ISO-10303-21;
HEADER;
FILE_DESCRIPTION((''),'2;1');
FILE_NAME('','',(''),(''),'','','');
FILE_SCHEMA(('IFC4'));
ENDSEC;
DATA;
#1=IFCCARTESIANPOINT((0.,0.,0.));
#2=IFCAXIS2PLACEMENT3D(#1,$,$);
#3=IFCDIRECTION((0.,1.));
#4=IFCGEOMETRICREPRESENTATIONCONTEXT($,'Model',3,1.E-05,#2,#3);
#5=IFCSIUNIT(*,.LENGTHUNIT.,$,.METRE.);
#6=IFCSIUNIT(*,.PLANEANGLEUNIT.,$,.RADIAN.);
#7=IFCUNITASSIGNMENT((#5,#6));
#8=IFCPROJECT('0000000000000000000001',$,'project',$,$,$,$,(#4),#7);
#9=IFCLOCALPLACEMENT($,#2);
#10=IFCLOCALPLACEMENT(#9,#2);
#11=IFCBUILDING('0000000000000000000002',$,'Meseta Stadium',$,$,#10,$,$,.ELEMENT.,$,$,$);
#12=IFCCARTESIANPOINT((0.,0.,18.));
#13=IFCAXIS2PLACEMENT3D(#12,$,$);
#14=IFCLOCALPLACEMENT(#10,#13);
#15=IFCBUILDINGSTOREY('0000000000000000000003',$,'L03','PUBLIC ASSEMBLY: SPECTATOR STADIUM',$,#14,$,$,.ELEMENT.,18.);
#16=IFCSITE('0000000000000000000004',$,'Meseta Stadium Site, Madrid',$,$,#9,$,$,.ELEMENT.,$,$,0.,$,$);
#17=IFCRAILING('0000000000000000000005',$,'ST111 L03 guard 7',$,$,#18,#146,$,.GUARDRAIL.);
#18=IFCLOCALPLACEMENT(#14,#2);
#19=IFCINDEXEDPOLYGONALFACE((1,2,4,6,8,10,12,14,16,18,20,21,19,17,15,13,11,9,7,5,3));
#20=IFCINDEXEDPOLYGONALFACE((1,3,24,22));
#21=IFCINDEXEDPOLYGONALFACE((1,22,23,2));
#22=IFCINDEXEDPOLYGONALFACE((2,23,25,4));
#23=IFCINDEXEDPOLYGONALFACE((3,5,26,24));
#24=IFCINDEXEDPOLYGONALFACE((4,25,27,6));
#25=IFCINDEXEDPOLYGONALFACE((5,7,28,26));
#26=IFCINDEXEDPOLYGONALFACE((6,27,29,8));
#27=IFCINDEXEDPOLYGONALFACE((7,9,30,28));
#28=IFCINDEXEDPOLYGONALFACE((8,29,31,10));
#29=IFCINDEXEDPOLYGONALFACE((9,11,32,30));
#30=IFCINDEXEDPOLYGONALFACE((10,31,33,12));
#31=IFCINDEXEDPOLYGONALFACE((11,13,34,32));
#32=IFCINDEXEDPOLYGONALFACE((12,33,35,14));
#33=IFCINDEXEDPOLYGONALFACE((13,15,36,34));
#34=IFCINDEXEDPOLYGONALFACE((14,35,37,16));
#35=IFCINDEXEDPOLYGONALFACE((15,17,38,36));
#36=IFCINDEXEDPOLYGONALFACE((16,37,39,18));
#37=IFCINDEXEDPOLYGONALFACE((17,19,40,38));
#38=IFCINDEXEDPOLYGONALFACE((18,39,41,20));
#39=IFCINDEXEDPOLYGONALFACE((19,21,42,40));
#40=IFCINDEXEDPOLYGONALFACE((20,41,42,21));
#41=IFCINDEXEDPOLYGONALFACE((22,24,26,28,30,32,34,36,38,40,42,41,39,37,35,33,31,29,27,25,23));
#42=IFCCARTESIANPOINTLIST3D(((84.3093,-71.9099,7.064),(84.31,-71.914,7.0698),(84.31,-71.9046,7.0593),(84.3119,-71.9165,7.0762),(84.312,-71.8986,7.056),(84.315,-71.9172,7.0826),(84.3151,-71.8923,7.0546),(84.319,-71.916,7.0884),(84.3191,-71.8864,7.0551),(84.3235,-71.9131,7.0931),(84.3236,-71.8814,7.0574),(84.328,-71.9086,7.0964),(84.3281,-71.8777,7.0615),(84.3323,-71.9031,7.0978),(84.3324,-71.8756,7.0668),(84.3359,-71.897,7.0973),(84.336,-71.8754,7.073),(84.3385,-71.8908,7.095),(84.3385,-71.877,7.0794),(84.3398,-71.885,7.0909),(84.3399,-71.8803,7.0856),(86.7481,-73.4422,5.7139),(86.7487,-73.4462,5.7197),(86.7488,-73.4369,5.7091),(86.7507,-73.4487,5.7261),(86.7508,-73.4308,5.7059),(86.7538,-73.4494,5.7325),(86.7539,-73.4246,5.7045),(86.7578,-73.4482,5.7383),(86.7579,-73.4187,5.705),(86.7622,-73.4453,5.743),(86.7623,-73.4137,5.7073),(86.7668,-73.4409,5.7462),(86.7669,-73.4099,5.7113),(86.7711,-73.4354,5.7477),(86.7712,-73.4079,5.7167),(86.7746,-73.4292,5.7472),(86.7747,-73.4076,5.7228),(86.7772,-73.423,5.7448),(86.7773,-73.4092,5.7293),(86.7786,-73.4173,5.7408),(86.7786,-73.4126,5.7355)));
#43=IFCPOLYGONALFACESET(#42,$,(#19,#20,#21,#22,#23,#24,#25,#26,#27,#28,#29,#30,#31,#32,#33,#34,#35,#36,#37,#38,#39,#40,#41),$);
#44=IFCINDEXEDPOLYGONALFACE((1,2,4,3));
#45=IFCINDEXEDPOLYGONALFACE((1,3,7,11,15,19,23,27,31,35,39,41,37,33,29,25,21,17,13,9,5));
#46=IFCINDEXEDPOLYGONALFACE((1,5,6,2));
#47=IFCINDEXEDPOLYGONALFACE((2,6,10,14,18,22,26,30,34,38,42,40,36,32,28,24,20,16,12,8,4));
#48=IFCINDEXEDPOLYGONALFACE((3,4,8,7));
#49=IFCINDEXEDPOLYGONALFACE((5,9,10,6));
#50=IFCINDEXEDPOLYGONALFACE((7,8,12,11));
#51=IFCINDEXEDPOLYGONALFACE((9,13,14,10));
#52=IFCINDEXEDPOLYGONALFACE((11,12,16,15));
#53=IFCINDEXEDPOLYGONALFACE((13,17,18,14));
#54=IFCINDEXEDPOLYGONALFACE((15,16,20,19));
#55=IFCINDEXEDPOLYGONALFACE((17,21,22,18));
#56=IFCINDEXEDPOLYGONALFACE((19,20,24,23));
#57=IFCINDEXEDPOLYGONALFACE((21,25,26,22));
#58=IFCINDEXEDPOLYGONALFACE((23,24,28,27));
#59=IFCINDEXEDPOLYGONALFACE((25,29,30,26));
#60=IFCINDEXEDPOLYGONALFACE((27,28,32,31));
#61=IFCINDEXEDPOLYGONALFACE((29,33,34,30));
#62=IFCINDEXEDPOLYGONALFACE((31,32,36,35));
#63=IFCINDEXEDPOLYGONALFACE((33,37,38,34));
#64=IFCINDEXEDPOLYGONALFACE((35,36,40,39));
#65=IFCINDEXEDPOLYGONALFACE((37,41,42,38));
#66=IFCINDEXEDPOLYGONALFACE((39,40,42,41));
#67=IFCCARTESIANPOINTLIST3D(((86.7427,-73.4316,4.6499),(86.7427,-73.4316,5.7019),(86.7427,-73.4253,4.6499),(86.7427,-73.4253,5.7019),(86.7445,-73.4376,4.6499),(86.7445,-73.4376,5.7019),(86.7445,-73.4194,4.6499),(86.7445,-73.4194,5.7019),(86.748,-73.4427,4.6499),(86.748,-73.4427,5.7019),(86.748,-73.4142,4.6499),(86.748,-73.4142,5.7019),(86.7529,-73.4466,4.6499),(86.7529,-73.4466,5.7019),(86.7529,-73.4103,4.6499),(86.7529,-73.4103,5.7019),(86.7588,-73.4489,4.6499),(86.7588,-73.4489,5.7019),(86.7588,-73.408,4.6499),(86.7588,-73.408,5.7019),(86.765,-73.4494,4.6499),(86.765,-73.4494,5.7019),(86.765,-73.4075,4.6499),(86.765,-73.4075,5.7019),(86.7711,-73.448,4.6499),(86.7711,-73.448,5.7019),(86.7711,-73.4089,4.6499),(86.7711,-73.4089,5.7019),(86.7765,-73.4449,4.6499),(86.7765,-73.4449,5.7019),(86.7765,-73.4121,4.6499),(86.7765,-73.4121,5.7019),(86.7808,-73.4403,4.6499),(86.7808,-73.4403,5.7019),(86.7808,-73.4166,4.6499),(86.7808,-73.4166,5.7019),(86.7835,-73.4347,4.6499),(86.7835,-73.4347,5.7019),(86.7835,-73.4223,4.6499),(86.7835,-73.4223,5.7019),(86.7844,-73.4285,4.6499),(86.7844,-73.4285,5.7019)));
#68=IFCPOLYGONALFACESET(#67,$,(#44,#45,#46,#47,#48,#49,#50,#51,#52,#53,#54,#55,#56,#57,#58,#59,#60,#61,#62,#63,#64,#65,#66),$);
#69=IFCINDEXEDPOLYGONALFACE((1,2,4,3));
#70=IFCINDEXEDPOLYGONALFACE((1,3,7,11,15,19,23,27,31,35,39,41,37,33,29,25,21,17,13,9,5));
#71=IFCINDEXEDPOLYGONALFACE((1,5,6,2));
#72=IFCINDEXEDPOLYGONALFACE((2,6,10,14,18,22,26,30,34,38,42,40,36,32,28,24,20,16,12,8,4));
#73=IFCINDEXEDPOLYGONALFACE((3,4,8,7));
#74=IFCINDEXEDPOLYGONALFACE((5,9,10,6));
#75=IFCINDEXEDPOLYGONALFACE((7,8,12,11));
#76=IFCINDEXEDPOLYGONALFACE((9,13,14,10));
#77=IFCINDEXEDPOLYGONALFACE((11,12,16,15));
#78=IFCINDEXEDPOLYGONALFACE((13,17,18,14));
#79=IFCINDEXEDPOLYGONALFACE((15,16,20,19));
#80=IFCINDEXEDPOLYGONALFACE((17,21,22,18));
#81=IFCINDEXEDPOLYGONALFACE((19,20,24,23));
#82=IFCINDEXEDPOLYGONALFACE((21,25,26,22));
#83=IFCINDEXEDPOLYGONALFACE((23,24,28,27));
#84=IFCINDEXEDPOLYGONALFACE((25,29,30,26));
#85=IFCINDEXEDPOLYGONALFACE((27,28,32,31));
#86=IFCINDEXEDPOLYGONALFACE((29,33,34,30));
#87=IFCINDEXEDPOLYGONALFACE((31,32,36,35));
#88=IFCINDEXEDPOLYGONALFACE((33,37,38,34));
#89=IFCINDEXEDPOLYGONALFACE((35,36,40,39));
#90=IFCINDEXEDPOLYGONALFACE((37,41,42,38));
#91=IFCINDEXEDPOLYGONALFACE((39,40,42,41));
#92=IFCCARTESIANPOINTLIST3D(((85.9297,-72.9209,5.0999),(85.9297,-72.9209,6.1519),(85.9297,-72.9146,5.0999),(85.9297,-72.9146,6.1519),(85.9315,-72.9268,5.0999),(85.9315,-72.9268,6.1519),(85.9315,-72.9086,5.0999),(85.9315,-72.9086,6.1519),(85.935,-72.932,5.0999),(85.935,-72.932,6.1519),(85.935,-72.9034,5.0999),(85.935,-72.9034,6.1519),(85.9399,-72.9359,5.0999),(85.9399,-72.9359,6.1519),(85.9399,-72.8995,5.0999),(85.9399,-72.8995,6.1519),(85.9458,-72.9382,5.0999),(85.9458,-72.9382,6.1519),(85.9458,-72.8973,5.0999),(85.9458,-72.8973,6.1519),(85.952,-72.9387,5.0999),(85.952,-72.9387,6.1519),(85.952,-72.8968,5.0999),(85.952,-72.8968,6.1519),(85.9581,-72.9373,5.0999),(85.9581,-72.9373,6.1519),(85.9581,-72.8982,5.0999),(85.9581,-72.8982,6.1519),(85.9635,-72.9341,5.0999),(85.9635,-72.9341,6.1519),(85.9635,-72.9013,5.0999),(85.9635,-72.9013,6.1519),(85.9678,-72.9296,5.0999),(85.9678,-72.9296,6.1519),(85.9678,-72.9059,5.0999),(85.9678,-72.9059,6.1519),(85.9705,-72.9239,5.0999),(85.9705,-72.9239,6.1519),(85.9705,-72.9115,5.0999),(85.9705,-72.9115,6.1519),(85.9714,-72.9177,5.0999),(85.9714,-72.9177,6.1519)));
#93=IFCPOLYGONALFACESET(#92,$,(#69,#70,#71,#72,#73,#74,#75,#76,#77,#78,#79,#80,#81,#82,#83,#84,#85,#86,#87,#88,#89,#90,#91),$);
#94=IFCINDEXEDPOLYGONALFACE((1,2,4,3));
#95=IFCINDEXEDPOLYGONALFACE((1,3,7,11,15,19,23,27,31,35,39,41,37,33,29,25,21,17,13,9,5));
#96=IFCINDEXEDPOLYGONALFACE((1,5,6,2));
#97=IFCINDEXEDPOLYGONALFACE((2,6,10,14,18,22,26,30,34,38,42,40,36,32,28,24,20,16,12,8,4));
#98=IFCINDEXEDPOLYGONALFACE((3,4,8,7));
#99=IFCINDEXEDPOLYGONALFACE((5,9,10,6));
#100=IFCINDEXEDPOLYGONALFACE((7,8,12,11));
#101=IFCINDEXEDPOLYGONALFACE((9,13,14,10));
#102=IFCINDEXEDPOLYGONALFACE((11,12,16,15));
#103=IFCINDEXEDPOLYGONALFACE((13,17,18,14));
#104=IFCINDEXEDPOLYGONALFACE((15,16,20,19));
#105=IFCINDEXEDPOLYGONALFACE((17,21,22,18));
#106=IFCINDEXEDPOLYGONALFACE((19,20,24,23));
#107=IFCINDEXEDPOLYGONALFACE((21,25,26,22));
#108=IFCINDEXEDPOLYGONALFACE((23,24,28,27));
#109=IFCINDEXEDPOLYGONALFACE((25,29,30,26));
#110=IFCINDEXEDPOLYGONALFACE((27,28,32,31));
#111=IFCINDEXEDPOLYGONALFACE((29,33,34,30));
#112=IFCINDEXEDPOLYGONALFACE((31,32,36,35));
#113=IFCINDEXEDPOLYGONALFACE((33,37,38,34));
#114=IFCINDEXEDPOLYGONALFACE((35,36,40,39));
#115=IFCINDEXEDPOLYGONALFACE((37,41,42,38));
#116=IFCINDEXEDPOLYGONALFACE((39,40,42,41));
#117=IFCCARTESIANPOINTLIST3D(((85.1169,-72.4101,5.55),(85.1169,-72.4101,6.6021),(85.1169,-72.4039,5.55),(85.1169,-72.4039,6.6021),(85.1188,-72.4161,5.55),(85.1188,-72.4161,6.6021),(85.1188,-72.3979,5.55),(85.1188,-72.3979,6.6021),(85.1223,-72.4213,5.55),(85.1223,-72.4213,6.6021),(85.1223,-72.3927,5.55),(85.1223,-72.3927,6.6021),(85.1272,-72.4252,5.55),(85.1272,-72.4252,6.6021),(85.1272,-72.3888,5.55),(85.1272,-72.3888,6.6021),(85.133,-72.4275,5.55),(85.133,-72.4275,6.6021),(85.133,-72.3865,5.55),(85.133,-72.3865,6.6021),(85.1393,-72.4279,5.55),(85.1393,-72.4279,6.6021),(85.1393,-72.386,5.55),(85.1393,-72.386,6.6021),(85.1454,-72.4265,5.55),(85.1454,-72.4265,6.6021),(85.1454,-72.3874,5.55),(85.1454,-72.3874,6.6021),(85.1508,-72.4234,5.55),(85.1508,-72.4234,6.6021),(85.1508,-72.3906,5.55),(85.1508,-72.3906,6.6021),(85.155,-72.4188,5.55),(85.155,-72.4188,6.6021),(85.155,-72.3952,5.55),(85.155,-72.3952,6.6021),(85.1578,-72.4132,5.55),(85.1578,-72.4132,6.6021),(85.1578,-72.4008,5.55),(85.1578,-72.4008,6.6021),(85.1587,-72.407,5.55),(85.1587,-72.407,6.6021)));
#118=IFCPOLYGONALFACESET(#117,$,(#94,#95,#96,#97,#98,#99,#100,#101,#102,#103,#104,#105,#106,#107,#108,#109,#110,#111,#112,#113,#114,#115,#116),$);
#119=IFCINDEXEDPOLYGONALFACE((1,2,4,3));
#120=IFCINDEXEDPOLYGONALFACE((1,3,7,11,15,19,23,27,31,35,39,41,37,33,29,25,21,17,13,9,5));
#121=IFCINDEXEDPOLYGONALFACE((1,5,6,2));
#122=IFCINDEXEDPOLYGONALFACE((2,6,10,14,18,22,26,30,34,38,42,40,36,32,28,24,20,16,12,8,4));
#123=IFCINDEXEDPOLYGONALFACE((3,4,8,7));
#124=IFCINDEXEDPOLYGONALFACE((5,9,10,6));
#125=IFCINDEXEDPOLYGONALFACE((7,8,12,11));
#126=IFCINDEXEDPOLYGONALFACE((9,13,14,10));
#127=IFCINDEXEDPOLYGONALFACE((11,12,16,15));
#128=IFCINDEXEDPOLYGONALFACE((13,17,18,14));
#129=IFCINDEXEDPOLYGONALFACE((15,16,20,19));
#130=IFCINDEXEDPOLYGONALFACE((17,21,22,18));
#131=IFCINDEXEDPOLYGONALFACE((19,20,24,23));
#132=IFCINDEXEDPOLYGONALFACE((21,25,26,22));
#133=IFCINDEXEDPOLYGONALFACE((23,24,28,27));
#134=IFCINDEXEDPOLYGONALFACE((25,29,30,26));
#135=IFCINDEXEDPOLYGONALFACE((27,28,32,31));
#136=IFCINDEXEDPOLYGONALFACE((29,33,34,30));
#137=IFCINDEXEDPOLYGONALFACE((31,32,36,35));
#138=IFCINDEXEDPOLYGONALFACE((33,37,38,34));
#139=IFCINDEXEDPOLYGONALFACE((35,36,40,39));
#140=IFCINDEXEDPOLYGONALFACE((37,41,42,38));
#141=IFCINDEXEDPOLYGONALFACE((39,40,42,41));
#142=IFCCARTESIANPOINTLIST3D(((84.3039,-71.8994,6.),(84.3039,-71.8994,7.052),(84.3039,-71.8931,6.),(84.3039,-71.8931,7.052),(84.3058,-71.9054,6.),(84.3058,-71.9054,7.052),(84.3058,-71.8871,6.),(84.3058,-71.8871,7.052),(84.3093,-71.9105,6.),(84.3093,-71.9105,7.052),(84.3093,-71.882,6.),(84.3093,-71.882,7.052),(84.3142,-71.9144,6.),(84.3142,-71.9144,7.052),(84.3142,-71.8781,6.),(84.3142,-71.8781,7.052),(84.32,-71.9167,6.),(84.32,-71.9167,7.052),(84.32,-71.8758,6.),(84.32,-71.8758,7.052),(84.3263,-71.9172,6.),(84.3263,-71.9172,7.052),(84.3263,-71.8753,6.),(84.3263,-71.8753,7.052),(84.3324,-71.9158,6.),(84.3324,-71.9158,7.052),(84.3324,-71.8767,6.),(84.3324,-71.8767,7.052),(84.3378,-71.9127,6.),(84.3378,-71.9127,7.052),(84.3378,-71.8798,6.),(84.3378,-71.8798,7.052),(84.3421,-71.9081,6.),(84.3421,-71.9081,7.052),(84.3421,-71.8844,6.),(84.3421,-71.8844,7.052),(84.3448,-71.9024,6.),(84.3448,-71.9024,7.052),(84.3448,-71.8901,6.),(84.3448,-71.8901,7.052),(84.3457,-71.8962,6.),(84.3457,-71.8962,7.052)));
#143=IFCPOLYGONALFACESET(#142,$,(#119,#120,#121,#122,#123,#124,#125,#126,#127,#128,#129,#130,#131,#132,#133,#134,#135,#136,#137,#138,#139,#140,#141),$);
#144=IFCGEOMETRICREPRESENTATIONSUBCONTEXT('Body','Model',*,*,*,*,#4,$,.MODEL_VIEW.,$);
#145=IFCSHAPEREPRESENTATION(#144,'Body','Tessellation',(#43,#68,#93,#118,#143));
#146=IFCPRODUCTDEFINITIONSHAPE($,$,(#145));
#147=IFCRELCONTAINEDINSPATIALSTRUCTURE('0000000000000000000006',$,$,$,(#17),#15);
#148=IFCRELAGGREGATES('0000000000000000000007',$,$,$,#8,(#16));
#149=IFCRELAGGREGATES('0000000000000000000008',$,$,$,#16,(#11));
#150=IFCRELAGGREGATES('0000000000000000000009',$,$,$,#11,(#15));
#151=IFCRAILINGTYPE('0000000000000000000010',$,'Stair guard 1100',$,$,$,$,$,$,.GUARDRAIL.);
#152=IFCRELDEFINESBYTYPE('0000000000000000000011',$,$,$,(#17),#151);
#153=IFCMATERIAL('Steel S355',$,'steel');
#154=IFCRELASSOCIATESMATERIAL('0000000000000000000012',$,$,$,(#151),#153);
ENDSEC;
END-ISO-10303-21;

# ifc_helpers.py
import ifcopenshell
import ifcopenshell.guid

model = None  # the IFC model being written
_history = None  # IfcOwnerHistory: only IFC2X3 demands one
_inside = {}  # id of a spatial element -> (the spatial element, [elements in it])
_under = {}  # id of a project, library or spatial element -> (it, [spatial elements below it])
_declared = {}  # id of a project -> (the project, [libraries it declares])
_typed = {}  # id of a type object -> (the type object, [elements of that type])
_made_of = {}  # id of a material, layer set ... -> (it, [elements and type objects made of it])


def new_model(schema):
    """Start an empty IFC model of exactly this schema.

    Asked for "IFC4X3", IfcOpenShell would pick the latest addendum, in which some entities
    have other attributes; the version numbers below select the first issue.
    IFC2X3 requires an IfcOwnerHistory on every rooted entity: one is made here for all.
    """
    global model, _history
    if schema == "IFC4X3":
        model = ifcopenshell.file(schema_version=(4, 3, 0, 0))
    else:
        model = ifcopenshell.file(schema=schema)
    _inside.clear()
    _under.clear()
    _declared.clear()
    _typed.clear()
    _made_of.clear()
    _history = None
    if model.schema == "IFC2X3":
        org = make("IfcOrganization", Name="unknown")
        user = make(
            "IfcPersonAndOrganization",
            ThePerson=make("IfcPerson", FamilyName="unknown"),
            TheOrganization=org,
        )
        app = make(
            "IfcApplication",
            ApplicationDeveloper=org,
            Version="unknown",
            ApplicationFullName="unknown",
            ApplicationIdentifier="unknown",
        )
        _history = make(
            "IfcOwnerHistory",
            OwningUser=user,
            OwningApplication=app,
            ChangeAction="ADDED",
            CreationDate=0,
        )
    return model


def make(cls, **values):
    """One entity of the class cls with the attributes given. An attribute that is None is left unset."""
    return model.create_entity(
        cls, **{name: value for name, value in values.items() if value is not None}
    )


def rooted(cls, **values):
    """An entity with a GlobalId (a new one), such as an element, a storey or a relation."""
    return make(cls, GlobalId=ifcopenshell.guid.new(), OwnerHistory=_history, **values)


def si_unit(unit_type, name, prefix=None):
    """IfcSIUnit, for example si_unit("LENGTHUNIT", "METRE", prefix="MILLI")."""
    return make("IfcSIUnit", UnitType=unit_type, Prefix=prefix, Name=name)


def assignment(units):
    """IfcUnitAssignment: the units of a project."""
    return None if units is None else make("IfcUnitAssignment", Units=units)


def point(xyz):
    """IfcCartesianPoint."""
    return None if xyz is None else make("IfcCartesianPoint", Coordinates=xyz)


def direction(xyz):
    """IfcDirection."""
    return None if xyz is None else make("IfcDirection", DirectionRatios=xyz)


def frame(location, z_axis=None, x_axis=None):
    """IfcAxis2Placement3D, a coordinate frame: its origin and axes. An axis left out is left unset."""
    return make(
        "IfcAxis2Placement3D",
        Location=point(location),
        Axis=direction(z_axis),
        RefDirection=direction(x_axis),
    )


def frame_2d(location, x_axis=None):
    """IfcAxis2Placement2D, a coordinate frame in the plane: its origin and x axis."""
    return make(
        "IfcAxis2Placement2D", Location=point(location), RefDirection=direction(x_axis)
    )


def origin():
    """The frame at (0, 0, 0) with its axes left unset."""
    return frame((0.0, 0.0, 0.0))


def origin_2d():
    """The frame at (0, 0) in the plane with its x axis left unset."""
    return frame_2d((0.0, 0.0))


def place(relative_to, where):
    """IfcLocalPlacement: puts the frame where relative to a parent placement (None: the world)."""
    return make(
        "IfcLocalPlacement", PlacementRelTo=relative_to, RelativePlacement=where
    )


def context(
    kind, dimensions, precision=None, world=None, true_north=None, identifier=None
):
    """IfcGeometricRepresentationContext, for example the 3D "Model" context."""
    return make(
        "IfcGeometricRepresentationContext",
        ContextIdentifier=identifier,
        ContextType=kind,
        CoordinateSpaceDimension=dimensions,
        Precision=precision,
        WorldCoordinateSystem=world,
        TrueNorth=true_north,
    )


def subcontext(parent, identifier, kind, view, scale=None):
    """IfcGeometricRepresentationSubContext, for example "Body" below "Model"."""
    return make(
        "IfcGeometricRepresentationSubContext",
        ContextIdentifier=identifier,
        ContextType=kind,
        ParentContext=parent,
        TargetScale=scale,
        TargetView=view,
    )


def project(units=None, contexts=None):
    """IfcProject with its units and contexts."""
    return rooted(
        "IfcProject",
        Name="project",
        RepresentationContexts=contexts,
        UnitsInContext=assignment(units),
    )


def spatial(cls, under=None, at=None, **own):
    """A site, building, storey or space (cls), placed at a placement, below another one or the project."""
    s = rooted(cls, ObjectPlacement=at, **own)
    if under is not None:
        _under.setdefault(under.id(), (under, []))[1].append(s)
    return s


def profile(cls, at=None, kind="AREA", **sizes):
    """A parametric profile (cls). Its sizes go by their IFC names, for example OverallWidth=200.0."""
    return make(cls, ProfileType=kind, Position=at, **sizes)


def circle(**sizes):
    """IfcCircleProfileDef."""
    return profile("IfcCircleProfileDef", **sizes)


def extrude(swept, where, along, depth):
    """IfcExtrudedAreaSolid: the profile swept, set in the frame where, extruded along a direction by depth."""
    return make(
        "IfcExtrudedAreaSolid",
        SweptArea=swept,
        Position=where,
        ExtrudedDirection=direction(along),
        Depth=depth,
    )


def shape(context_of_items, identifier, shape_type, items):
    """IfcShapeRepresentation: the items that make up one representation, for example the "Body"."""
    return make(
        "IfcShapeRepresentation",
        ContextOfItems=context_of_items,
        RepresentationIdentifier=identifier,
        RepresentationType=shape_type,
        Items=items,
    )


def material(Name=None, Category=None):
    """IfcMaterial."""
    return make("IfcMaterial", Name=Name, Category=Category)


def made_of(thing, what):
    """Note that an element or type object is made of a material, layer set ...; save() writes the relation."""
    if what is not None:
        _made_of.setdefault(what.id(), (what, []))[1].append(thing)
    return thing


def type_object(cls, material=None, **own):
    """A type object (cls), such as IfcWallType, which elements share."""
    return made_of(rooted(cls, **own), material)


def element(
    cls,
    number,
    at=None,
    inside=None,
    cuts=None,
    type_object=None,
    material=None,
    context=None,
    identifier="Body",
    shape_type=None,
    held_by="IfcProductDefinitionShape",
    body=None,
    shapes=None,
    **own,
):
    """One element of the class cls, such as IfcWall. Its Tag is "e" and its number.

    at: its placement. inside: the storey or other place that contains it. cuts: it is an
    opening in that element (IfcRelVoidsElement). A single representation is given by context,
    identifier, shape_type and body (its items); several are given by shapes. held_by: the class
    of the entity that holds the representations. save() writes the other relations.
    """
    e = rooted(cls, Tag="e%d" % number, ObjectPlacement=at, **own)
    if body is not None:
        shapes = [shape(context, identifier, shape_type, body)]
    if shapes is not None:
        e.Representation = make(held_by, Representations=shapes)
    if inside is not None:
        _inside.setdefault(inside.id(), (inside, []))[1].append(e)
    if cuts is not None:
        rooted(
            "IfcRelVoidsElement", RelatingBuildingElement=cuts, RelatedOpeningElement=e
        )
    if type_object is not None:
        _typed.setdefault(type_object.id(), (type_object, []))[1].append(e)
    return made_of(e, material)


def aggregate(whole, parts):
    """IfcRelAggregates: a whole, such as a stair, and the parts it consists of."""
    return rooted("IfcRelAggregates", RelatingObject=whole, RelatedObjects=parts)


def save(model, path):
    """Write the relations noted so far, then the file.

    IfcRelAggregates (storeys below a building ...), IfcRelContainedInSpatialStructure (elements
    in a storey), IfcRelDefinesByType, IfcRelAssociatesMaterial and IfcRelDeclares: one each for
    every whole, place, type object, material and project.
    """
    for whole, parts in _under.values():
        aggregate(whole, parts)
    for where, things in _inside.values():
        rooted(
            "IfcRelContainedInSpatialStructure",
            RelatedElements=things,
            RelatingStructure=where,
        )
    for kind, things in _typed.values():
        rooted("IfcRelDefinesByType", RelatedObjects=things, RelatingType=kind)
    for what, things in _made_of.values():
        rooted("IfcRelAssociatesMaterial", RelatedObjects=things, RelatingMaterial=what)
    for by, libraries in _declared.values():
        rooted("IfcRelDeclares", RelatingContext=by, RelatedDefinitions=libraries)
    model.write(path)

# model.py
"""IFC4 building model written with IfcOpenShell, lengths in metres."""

from ifc_helpers import new_model, si_unit, direction, frame, origin, origin_2d, place, context, subcontext, project, spatial, circle, extrude, material, type_object, element, save


model = new_model("IFC4")

# Units and contexts
model_context = context("Model", 3, precision=1e-05, world=origin(), true_north=direction((0.0, 1.0)))
body_context = subcontext(model_context, "Body", "Model", "MODEL_VIEW")
ifc_project = project(units=[si_unit("LENGTHUNIT", "METRE"), si_unit("PLANEANGLEUNIT", "RADIAN")], contexts=[model_context])

# Site, building, storey
site_placement = place(None, origin())
site = spatial("IfcSite", under=ifc_project, at=site_placement, Name="Meseta Stadium Site, Madrid", CompositionType="ELEMENT", RefElevation=0.0)
building_placement = place(site_placement, origin())
building = spatial("IfcBuilding", under=site, at=building_placement, Name="Meseta Stadium", CompositionType="ELEMENT")
storey_placement = place(building_placement, frame((0.0, 0.0, 18.0)))
storey = spatial("IfcBuildingStorey", under=building, at=storey_placement, Name="L03", Description="PUBLIC ASSEMBLY: SPECTATOR STADIUM", CompositionType="ELEMENT", Elevation=18.0)

# Railing
ifc_material_1 = material(Name="Steel S355", Category="steel")
railing_type_1 = type_object("IfcRailingType", Name="Stair guard 1100", PredefinedType="GUARDRAIL", material=ifc_material_1)
railing_1_placement = place(storey_placement, frame((86.7634, -73.4285, 4.6499)))
element("IfcRailing", 1, at=railing_1_placement, inside=storey, type_object=railing_type_1, Name="ST111 L03 guard 7", PredefinedType="GUARDRAIL", context=body_context, shape_type="SweptSolid", body=[
    extrude(circle(Radius=0.0239, at=origin_2d()), frame((0.0, 0.0, 1.0762), z_axis=(-0.766687, 0.481703, 0.424445), x_axis=(-0.532001, -0.846743, 0.0)), (0.0, 0.0, 1.0), 3.1809),
    extrude(circle(Radius=0.021, at=origin_2d()), origin(), (0.0, 0.0, 1.0), 1.052),
    extrude(circle(Radius=0.021, at=origin_2d()), frame((-0.813, 0.5107, 0.45)), (0.0, 0.0, 1.0), 1.052),
    extrude(circle(Radius=0.021, at=origin_2d()), frame((-1.6257, 1.0215, 0.9001)), (0.0, 0.0, 1.0), 1.052),
    extrude(circle(Radius=0.021, at=origin_2d()), frame((-2.4387, 1.5322, 1.3501)), (0.0, 0.0, 1.0), 1.052),
])

save(model, "model.ifc")
